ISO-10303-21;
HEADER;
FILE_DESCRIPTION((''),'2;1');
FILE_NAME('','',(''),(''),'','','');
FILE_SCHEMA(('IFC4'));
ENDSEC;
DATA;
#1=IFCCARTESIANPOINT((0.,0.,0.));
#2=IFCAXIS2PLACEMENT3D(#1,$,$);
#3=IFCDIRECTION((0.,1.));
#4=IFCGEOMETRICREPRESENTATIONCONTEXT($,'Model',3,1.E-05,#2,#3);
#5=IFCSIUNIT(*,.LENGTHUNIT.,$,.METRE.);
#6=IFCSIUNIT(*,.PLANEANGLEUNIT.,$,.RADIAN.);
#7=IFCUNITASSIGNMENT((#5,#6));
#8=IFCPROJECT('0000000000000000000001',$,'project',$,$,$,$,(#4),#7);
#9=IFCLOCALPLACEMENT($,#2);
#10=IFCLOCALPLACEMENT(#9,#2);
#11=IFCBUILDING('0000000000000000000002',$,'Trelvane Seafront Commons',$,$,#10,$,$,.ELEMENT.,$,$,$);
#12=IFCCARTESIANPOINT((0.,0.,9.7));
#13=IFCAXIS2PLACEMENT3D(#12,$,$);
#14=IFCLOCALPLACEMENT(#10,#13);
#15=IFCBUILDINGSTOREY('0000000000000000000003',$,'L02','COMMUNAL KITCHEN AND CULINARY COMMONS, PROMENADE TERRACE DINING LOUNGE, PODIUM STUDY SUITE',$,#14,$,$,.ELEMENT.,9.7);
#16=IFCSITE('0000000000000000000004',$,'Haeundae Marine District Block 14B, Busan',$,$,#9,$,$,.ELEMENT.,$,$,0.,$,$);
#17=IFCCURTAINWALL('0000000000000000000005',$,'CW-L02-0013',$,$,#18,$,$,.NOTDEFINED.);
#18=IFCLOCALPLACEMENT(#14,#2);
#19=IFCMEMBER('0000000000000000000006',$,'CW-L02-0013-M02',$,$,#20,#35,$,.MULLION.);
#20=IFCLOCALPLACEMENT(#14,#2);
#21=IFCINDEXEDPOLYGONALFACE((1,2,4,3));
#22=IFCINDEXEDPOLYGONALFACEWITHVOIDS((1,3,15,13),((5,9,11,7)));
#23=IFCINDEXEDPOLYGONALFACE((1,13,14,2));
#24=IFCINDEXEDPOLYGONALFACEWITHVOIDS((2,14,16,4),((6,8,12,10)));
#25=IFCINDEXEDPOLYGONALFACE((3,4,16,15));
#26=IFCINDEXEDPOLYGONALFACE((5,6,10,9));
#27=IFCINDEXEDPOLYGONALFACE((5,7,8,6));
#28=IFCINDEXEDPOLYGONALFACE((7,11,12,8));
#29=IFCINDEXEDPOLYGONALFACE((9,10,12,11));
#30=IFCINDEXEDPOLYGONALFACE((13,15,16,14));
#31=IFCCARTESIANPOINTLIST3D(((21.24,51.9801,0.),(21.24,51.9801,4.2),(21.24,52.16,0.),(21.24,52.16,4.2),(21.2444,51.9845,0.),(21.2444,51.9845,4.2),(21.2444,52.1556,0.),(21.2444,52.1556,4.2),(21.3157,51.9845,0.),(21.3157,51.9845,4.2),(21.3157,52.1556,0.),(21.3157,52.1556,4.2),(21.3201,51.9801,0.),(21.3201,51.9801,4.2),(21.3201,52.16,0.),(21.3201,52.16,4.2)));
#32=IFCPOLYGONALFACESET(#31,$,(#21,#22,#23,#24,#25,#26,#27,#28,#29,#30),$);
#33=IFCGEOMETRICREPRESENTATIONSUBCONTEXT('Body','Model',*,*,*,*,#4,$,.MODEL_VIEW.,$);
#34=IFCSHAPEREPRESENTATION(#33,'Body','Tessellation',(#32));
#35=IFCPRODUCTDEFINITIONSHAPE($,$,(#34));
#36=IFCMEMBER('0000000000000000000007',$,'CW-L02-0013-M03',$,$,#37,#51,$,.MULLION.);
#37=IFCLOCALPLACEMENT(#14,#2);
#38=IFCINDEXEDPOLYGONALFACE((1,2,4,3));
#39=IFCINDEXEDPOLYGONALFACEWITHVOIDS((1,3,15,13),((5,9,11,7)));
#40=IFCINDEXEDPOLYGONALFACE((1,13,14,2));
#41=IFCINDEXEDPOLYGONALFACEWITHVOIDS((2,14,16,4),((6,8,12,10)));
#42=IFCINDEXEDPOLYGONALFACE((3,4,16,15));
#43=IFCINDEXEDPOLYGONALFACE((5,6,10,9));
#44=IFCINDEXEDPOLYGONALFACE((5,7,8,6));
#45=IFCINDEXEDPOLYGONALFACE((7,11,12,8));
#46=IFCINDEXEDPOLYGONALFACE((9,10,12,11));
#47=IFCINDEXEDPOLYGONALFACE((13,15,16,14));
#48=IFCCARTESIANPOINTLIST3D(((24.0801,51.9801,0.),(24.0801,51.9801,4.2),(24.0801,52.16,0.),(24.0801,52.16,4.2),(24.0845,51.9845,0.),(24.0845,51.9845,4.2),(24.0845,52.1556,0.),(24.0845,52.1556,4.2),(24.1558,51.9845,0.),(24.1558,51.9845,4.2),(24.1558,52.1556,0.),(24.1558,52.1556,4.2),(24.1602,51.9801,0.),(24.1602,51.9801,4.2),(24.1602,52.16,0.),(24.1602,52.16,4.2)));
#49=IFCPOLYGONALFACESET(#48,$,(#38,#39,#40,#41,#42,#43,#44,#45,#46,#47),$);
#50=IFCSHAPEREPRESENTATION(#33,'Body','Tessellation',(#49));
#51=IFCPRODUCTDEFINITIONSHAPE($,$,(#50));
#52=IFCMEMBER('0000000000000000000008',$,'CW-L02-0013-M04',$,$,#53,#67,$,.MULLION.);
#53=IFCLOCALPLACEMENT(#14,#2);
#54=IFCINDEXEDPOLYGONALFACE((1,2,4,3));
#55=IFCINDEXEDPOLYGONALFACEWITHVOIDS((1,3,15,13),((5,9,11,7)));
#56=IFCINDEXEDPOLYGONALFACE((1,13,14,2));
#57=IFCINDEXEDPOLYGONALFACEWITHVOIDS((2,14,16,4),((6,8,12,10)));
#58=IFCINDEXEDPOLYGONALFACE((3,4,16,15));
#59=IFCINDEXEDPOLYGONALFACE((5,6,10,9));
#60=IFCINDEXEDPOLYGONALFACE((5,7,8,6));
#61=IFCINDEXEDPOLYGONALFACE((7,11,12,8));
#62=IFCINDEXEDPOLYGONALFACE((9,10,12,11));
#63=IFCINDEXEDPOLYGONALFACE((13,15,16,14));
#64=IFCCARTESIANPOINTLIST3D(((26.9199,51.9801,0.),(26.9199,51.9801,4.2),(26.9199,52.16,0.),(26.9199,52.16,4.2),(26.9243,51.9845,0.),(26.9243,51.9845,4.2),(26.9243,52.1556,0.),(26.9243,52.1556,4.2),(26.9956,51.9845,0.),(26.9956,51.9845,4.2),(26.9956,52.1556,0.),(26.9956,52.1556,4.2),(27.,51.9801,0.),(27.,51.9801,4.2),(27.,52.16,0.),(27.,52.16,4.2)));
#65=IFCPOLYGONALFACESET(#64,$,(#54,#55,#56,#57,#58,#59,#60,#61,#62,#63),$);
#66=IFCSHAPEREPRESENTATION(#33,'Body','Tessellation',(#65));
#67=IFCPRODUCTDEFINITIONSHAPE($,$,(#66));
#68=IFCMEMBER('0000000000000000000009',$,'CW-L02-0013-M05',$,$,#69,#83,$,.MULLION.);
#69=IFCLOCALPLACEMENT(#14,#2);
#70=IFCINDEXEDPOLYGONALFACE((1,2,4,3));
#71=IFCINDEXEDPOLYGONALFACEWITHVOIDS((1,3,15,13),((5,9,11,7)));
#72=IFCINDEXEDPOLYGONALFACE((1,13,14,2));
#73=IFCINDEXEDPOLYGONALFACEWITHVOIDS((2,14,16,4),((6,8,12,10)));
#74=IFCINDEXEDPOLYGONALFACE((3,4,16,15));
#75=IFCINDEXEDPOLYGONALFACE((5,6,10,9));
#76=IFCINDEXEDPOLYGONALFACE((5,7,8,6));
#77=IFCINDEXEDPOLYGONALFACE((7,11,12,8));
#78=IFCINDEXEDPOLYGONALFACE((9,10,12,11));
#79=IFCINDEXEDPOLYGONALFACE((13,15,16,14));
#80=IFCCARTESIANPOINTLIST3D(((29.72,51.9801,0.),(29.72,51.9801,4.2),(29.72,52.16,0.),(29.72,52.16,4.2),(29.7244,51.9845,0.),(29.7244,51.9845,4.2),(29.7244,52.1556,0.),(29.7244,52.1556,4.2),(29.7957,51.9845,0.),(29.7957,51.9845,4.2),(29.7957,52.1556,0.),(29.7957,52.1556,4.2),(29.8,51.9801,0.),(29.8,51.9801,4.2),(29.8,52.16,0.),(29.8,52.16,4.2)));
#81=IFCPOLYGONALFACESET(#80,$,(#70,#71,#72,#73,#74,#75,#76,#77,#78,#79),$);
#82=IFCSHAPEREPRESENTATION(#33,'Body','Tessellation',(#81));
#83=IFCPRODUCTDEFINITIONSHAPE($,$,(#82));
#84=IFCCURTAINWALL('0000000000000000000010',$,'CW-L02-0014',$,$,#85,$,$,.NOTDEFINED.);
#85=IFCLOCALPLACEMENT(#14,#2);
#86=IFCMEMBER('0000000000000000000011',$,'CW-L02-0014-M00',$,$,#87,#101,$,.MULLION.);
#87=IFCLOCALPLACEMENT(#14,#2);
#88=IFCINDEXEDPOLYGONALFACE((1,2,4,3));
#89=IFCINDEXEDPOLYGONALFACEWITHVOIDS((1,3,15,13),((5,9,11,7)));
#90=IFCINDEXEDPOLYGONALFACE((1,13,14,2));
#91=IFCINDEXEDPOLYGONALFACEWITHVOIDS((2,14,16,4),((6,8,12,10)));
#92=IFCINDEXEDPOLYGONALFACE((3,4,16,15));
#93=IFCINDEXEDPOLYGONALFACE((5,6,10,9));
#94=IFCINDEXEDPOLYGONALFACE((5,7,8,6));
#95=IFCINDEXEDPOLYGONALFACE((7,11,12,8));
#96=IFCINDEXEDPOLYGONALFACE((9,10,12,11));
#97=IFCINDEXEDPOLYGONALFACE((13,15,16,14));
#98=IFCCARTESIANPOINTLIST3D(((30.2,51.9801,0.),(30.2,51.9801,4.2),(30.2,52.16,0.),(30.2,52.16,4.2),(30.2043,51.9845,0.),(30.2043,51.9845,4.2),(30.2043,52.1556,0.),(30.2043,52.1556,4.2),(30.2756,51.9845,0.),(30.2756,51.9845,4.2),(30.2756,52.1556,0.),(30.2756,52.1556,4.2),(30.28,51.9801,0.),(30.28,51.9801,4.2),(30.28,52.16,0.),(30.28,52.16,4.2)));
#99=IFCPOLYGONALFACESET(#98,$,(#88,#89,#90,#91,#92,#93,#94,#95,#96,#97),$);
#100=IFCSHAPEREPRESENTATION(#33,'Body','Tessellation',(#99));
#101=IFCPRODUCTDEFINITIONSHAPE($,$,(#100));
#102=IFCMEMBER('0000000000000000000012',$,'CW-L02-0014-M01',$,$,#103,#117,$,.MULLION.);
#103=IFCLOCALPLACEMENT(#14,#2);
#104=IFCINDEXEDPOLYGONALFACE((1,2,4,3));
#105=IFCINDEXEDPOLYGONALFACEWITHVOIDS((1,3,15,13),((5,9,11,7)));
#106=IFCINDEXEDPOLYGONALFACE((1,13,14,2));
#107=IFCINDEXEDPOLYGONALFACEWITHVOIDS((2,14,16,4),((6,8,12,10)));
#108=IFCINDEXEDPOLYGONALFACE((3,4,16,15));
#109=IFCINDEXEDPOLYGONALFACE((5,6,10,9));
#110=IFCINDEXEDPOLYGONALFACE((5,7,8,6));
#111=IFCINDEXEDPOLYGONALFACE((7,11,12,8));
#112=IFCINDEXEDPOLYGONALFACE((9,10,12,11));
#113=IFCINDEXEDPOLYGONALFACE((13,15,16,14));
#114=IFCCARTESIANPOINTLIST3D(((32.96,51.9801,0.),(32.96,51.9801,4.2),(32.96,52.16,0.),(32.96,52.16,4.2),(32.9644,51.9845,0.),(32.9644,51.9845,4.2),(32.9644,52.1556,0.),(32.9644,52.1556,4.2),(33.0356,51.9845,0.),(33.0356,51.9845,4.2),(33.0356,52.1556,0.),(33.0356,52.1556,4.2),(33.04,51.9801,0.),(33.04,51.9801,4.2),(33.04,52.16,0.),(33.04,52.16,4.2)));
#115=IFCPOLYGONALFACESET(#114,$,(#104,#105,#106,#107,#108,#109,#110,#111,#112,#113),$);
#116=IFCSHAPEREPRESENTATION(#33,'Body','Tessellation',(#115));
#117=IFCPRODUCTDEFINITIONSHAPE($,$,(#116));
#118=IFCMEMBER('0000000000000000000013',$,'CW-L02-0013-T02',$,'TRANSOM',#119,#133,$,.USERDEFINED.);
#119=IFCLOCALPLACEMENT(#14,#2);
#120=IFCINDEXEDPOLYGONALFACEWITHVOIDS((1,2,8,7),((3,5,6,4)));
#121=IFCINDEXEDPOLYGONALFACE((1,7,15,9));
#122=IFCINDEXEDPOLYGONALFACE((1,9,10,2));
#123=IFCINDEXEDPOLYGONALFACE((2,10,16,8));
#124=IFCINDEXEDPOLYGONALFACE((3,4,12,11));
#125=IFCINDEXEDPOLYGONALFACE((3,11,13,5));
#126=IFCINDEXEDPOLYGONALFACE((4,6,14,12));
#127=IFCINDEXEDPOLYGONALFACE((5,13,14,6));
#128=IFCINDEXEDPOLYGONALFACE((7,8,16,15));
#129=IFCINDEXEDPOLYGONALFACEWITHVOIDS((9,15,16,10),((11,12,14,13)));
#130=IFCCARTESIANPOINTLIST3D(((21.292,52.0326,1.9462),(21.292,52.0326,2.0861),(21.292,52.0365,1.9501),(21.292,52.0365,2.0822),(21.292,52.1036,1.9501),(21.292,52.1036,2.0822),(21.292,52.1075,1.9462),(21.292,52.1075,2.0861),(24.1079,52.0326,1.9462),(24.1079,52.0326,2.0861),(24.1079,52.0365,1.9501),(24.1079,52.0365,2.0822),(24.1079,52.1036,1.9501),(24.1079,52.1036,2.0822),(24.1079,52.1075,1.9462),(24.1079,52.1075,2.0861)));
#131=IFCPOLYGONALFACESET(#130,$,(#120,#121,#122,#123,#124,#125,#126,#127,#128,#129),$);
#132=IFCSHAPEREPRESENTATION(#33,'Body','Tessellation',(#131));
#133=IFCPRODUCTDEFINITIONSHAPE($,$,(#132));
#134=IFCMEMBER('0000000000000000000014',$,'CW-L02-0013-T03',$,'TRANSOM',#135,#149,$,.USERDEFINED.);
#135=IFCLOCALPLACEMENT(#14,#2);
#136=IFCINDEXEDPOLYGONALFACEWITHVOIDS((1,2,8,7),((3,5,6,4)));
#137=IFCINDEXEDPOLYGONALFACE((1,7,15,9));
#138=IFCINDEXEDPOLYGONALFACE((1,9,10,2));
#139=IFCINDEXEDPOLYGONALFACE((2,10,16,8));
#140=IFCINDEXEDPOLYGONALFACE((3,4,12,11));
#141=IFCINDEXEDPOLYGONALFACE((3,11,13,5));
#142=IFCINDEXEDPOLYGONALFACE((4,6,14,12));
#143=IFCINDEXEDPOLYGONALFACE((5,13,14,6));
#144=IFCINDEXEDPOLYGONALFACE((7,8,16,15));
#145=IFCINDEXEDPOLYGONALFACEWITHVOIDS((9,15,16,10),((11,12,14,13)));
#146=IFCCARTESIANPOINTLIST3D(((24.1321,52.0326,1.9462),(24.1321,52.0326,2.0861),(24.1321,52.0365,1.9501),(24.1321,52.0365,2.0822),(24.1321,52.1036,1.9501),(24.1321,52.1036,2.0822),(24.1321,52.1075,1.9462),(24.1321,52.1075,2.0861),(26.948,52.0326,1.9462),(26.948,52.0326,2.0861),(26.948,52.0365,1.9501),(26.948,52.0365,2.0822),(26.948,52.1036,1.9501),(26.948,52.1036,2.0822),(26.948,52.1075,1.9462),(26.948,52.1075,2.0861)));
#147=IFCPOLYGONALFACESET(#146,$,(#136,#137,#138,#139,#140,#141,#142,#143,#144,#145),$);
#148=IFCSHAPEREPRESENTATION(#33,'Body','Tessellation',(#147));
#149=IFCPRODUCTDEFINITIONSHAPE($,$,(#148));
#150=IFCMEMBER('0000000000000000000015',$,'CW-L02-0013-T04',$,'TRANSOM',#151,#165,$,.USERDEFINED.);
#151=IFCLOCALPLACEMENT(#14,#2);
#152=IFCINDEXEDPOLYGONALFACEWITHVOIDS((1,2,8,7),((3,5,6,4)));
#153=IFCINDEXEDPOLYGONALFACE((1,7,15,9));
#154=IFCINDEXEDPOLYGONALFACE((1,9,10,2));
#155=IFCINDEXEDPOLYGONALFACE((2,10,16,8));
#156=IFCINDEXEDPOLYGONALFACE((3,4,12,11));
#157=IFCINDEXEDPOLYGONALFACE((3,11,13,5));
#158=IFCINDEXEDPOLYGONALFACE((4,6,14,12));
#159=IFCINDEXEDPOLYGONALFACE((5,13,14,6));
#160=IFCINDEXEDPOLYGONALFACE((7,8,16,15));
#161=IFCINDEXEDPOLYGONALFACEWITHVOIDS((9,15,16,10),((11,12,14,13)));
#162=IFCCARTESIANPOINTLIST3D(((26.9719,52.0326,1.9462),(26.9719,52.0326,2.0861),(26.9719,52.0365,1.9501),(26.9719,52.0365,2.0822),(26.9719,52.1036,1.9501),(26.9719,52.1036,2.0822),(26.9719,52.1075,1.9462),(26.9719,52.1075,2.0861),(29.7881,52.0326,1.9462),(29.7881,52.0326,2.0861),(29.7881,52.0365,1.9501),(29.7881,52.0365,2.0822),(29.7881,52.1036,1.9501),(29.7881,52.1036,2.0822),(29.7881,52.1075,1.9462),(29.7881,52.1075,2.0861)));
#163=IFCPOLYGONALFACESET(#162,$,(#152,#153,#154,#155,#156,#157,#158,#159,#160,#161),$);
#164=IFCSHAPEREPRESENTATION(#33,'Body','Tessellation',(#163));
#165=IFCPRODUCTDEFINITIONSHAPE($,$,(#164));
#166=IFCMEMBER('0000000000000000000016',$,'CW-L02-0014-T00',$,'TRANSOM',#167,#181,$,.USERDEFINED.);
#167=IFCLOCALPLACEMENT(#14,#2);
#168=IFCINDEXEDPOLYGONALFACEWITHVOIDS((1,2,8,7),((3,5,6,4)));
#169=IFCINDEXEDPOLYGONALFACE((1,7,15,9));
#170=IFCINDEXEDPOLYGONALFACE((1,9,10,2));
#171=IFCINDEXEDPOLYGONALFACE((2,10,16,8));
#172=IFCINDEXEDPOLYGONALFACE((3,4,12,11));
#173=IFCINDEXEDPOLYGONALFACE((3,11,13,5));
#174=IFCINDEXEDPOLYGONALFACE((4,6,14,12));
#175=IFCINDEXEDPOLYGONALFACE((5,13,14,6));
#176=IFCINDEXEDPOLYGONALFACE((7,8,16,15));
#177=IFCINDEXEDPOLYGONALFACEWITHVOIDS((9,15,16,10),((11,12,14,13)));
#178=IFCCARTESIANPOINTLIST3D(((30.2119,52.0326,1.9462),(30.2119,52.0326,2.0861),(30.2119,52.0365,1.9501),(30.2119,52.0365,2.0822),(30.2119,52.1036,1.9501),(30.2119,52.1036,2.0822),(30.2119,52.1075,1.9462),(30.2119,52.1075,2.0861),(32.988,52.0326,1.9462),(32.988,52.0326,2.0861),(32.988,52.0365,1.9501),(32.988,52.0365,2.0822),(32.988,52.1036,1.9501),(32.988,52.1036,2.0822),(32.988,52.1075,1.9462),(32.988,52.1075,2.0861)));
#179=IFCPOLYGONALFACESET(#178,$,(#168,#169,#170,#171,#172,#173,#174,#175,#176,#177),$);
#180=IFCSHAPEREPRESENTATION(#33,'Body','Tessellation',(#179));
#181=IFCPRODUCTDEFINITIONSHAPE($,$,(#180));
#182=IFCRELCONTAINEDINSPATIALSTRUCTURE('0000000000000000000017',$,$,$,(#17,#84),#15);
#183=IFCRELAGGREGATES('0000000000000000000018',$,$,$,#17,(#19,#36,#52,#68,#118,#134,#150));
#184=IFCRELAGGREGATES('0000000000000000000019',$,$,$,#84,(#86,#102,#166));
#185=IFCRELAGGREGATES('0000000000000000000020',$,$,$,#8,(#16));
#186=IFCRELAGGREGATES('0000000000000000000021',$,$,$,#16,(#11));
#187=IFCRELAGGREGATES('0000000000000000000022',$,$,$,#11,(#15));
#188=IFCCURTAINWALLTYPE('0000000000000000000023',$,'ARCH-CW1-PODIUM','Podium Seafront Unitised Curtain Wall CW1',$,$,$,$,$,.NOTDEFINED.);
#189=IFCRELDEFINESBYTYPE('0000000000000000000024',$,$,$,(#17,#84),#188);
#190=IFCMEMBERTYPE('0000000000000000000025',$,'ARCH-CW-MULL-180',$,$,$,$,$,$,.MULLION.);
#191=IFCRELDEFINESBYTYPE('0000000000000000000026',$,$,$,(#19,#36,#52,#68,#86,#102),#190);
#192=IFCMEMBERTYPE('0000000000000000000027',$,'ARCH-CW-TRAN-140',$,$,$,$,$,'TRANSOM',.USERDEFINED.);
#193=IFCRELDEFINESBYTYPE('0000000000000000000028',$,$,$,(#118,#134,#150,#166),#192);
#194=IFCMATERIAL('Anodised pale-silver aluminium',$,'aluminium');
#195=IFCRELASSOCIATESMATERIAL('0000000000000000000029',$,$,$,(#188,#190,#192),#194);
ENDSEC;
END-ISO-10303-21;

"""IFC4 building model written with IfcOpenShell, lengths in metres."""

from ifc_helpers import new_model, si_unit, direction, frame, origin, origin_2d, place, context, subcontext, project, spatial, hollow_rectangle, extrude, source, transform, mapped, material, material_profile, profile_set, type_object, element, aggregate, save


model = new_model("IFC4")

# Units and contexts
model_context = context("Model", 3, precision=1e-05, world=origin(), true_north=direction((0.0, 1.0)))
body_context = subcontext(model_context, "Body", "Model", "MODEL_VIEW")
ifc_project = project(units=[si_unit("LENGTHUNIT", "METRE"), si_unit("PLANEANGLEUNIT", "RADIAN")], contexts=[model_context])

# Site, building, storey
site_placement = place(None, origin())
site = spatial("IfcSite", under=ifc_project, at=site_placement, Name="Haeundae Marine District Block 14B, Busan", CompositionType="ELEMENT", RefElevation=0.0)
building_placement = place(site_placement, origin())
building = spatial("IfcBuilding", under=site, at=building_placement, Name="Trelvane Seafront Commons", CompositionType="ELEMENT")
storey_placement = place(building_placement, frame((0.0, 0.0, 9.7)))
storey = spatial("IfcBuildingStorey", under=building, at=storey_placement, Name="L02", Description="COMMUNAL KITCHEN AND CULINARY COMMONS, PROMENADE TERRACE DINING LOUNGE, PODIUM STUDY SUITE", CompositionType="ELEMENT", Elevation=9.7)

# Curtain walls, members
ifc_material_1 = material(Name="Anodised pale-silver aluminium", Category="aluminium")
curtain_wall_type = type_object("IfcCurtainWallType", Name="ARCH-CW1-PODIUM", Description="Podium Seafront Unitised Curtain Wall CW1", PredefinedType="NOTDEFINED", material=ifc_material_1)
curtain_wall_1_placement = place(storey_placement, origin())
curtain_wall_1 = element("IfcCurtainWall", 1, at=curtain_wall_1_placement, inside=storey, type_object=curtain_wall_type, Name="CW-L02-0013", PredefinedType="NOTDEFINED")
ifc_material_profile_1 = material_profile(ifc_material_1, hollow_rectangle(XDim=0.0801, YDim=0.1799, WallThickness=0.0044, at=origin_2d()), Name="MULL-80x180x4.5")
ifc_profile_set_1 = profile_set([ifc_material_profile_1], Name="Anodised pale-silver aluminium")
member_type_1 = type_object("IfcMemberType", Name="ARCH-CW-MULL-180", PredefinedType="MULLION", material=ifc_profile_set_1)
shared_shape_1 = source(origin(), body_context, "Body", "SweptSolid", [
    extrude(hollow_rectangle(XDim=0.0801, YDim=0.1799, WallThickness=0.0044, at=origin_2d()), origin(), (0.0, 0.0, 1.0), 4.2),
])
member_1_placement = place(storey_placement, frame((21.28, 52.0701, 0.0), z_axis=(0.0, 0.0, 1.0), x_axis=(1.0, 0.0, 0.0)))
member_1 = element("IfcMember", 2, at=member_1_placement, type_object=member_type_1, Name="CW-L02-0013-M02", PredefinedType="MULLION", context=body_context, shape_type="MappedRepresentation", body=[
    mapped(shared_shape_1, transform((0.0, 0.0, 0.0), x_axis=(1.0, 0.0, 0.0), y_axis=(0.0, 1.0, 0.0), z_axis=(0.0, 0.0, 1.0), scale=1.0)),
])
member_2_placement = place(storey_placement, frame((24.1201, 52.0701, 0.0), z_axis=(0.0, 0.0, 1.0), x_axis=(1.0, 0.0, 0.0)))
member_2 = element("IfcMember", 3, at=member_2_placement, type_object=member_type_1, Name="CW-L02-0013-M03", PredefinedType="MULLION", context=body_context, shape_type="MappedRepresentation", body=[
    mapped(shared_shape_1, transform((0.0, 0.0, 0.0), x_axis=(1.0, 0.0, 0.0), y_axis=(0.0, 1.0, 0.0), z_axis=(0.0, 0.0, 1.0), scale=1.0)),
])
member_3_placement = place(storey_placement, frame((26.96, 52.0701, 0.0), z_axis=(0.0, 0.0, 1.0), x_axis=(1.0, 0.0, 0.0)))
member_3 = element("IfcMember", 4, at=member_3_placement, type_object=member_type_1, Name="CW-L02-0013-M04", PredefinedType="MULLION", context=body_context, shape_type="MappedRepresentation", body=[
    mapped(shared_shape_1, transform((0.0, 0.0, 0.0), x_axis=(1.0, 0.0, 0.0), y_axis=(0.0, 1.0, 0.0), z_axis=(0.0, 0.0, 1.0), scale=1.0)),
])
member_4_placement = place(storey_placement, frame((29.76, 52.0701, 0.0), z_axis=(0.0, 0.0, 1.0), x_axis=(1.0, 0.0, 0.0)))
member_4 = element("IfcMember", 5, at=member_4_placement, type_object=member_type_1, Name="CW-L02-0013-M05", PredefinedType="MULLION", context=body_context, shape_type="MappedRepresentation", body=[
    mapped(shared_shape_1, transform((0.0, 0.0, 0.0), x_axis=(1.0, 0.0, 0.0), y_axis=(0.0, 1.0, 0.0), z_axis=(0.0, 0.0, 1.0), scale=1.0)),
])
curtain_wall_2_placement = place(storey_placement, origin())
curtain_wall_2 = element("IfcCurtainWall", 6, at=curtain_wall_2_placement, inside=storey, type_object=curtain_wall_type, Name="CW-L02-0014", PredefinedType="NOTDEFINED")
member_5_placement = place(storey_placement, frame((30.24, 52.0701, 0.0), z_axis=(0.0, 0.0, 1.0), x_axis=(1.0, 0.0, 0.0)))
member_5 = element("IfcMember", 7, at=member_5_placement, type_object=member_type_1, Name="CW-L02-0014-M00", PredefinedType="MULLION", context=body_context, shape_type="MappedRepresentation", body=[
    mapped(shared_shape_1, transform((0.0, 0.0, 0.0), x_axis=(1.0, 0.0, 0.0), y_axis=(0.0, 1.0, 0.0), z_axis=(0.0, 0.0, 1.0), scale=1.0)),
])
member_6_placement = place(storey_placement, frame((33.0, 52.0701, 0.0), z_axis=(0.0, 0.0, 1.0), x_axis=(1.0, 0.0, 0.0)))
member_6 = element("IfcMember", 8, at=member_6_placement, type_object=member_type_1, Name="CW-L02-0014-M01", PredefinedType="MULLION", context=body_context, shape_type="MappedRepresentation", body=[
    mapped(shared_shape_1, transform((0.0, 0.0, 0.0), x_axis=(1.0, 0.0, 0.0), y_axis=(0.0, 1.0, 0.0), z_axis=(0.0, 0.0, 1.0), scale=1.0)),
])

# Members
ifc_material_profile_2 = material_profile(ifc_material_1, hollow_rectangle(XDim=0.075, YDim=0.1399, WallThickness=0.0039, at=origin_2d()), Name="TRAN-75x140x4")
ifc_profile_set_2 = profile_set([ifc_material_profile_2], Name="Anodised pale-silver aluminium")
member_type_2 = type_object("IfcMemberType", Name="ARCH-CW-TRAN-140", ElementType="TRANSOM", PredefinedType="USERDEFINED", material=ifc_profile_set_2)
shared_shape_2 = source(origin(), body_context, "Body", "SweptSolid", [
    extrude(hollow_rectangle(XDim=0.075, YDim=0.1399, WallThickness=0.0039, at=origin_2d()), origin(), (0.0, 0.0, 1.0), 2.8159),
])
member_7_placement = place(storey_placement, frame((21.292, 52.0701, 2.0161), z_axis=(1.0, 0.0, 0.0), x_axis=(0.0, 1.0, 0.0)))
member_7 = element("IfcMember", 9, at=member_7_placement, type_object=member_type_2, Name="CW-L02-0013-T02", ObjectType="TRANSOM", PredefinedType="USERDEFINED", context=body_context, shape_type="MappedRepresentation", body=[
    mapped(shared_shape_2, transform((0.0, 0.0, 0.0), x_axis=(1.0, 0.0, 0.0), y_axis=(0.0, 1.0, 0.0), z_axis=(0.0, 0.0, 1.0), scale=1.0)),
])
member_8_placement = place(storey_placement, frame((24.1321, 52.0701, 2.0161), z_axis=(1.0, 0.0, 0.0), x_axis=(0.0, 1.0, 0.0)))
member_8 = element("IfcMember", 10, at=member_8_placement, type_object=member_type_2, Name="CW-L02-0013-T03", ObjectType="TRANSOM", PredefinedType="USERDEFINED", context=body_context, shape_type="MappedRepresentation", body=[
    mapped(shared_shape_2, transform((0.0, 0.0, 0.0), x_axis=(1.0, 0.0, 0.0), y_axis=(0.0, 1.0, 0.0), z_axis=(0.0, 0.0, 1.0), scale=1.0)),
])
shared_shape_3 = source(origin(), body_context, "Body", "SweptSolid", [
    extrude(hollow_rectangle(XDim=0.075, YDim=0.1399, WallThickness=0.0039, at=origin_2d()), origin(), (0.0, 0.0, 1.0), 2.8162),
])
member_9_placement = place(storey_placement, frame((26.9719, 52.0701, 2.0161), z_axis=(1.0, 0.0, 0.0), x_axis=(0.0, 1.0, 0.0)))
member_9 = element("IfcMember", 11, at=member_9_placement, type_object=member_type_2, Name="CW-L02-0013-T04", ObjectType="TRANSOM", PredefinedType="USERDEFINED", context=body_context, shape_type="MappedRepresentation", body=[
    mapped(shared_shape_3, transform((0.0, 0.0, 0.0), x_axis=(1.0, 0.0, 0.0), y_axis=(0.0, 1.0, 0.0), z_axis=(0.0, 0.0, 1.0), scale=1.0)),
])
shared_shape_4 = source(origin(), body_context, "Body", "SweptSolid", [
    extrude(hollow_rectangle(XDim=0.075, YDim=0.1399, WallThickness=0.0039, at=origin_2d()), origin(), (0.0, 0.0, 1.0), 2.7761),
])
member_10_placement = place(storey_placement, frame((30.2119, 52.0701, 2.0161), z_axis=(1.0, 0.0, 0.0), x_axis=(0.0, 1.0, 0.0)))
member_10 = element("IfcMember", 12, at=member_10_placement, type_object=member_type_2, Name="CW-L02-0014-T00", ObjectType="TRANSOM", PredefinedType="USERDEFINED", context=body_context, shape_type="MappedRepresentation", body=[
    mapped(shared_shape_4, transform((0.0, 0.0, 0.0), x_axis=(1.0, 0.0, 0.0), y_axis=(0.0, 1.0, 0.0), z_axis=(0.0, 0.0, 1.0), scale=1.0)),
])

aggregate(curtain_wall_1, [member_1, member_2, member_3, member_4, member_7, member_8, member_9])
aggregate(curtain_wall_2, [member_5, member_6, member_10])

save(model, "model.ifc")
